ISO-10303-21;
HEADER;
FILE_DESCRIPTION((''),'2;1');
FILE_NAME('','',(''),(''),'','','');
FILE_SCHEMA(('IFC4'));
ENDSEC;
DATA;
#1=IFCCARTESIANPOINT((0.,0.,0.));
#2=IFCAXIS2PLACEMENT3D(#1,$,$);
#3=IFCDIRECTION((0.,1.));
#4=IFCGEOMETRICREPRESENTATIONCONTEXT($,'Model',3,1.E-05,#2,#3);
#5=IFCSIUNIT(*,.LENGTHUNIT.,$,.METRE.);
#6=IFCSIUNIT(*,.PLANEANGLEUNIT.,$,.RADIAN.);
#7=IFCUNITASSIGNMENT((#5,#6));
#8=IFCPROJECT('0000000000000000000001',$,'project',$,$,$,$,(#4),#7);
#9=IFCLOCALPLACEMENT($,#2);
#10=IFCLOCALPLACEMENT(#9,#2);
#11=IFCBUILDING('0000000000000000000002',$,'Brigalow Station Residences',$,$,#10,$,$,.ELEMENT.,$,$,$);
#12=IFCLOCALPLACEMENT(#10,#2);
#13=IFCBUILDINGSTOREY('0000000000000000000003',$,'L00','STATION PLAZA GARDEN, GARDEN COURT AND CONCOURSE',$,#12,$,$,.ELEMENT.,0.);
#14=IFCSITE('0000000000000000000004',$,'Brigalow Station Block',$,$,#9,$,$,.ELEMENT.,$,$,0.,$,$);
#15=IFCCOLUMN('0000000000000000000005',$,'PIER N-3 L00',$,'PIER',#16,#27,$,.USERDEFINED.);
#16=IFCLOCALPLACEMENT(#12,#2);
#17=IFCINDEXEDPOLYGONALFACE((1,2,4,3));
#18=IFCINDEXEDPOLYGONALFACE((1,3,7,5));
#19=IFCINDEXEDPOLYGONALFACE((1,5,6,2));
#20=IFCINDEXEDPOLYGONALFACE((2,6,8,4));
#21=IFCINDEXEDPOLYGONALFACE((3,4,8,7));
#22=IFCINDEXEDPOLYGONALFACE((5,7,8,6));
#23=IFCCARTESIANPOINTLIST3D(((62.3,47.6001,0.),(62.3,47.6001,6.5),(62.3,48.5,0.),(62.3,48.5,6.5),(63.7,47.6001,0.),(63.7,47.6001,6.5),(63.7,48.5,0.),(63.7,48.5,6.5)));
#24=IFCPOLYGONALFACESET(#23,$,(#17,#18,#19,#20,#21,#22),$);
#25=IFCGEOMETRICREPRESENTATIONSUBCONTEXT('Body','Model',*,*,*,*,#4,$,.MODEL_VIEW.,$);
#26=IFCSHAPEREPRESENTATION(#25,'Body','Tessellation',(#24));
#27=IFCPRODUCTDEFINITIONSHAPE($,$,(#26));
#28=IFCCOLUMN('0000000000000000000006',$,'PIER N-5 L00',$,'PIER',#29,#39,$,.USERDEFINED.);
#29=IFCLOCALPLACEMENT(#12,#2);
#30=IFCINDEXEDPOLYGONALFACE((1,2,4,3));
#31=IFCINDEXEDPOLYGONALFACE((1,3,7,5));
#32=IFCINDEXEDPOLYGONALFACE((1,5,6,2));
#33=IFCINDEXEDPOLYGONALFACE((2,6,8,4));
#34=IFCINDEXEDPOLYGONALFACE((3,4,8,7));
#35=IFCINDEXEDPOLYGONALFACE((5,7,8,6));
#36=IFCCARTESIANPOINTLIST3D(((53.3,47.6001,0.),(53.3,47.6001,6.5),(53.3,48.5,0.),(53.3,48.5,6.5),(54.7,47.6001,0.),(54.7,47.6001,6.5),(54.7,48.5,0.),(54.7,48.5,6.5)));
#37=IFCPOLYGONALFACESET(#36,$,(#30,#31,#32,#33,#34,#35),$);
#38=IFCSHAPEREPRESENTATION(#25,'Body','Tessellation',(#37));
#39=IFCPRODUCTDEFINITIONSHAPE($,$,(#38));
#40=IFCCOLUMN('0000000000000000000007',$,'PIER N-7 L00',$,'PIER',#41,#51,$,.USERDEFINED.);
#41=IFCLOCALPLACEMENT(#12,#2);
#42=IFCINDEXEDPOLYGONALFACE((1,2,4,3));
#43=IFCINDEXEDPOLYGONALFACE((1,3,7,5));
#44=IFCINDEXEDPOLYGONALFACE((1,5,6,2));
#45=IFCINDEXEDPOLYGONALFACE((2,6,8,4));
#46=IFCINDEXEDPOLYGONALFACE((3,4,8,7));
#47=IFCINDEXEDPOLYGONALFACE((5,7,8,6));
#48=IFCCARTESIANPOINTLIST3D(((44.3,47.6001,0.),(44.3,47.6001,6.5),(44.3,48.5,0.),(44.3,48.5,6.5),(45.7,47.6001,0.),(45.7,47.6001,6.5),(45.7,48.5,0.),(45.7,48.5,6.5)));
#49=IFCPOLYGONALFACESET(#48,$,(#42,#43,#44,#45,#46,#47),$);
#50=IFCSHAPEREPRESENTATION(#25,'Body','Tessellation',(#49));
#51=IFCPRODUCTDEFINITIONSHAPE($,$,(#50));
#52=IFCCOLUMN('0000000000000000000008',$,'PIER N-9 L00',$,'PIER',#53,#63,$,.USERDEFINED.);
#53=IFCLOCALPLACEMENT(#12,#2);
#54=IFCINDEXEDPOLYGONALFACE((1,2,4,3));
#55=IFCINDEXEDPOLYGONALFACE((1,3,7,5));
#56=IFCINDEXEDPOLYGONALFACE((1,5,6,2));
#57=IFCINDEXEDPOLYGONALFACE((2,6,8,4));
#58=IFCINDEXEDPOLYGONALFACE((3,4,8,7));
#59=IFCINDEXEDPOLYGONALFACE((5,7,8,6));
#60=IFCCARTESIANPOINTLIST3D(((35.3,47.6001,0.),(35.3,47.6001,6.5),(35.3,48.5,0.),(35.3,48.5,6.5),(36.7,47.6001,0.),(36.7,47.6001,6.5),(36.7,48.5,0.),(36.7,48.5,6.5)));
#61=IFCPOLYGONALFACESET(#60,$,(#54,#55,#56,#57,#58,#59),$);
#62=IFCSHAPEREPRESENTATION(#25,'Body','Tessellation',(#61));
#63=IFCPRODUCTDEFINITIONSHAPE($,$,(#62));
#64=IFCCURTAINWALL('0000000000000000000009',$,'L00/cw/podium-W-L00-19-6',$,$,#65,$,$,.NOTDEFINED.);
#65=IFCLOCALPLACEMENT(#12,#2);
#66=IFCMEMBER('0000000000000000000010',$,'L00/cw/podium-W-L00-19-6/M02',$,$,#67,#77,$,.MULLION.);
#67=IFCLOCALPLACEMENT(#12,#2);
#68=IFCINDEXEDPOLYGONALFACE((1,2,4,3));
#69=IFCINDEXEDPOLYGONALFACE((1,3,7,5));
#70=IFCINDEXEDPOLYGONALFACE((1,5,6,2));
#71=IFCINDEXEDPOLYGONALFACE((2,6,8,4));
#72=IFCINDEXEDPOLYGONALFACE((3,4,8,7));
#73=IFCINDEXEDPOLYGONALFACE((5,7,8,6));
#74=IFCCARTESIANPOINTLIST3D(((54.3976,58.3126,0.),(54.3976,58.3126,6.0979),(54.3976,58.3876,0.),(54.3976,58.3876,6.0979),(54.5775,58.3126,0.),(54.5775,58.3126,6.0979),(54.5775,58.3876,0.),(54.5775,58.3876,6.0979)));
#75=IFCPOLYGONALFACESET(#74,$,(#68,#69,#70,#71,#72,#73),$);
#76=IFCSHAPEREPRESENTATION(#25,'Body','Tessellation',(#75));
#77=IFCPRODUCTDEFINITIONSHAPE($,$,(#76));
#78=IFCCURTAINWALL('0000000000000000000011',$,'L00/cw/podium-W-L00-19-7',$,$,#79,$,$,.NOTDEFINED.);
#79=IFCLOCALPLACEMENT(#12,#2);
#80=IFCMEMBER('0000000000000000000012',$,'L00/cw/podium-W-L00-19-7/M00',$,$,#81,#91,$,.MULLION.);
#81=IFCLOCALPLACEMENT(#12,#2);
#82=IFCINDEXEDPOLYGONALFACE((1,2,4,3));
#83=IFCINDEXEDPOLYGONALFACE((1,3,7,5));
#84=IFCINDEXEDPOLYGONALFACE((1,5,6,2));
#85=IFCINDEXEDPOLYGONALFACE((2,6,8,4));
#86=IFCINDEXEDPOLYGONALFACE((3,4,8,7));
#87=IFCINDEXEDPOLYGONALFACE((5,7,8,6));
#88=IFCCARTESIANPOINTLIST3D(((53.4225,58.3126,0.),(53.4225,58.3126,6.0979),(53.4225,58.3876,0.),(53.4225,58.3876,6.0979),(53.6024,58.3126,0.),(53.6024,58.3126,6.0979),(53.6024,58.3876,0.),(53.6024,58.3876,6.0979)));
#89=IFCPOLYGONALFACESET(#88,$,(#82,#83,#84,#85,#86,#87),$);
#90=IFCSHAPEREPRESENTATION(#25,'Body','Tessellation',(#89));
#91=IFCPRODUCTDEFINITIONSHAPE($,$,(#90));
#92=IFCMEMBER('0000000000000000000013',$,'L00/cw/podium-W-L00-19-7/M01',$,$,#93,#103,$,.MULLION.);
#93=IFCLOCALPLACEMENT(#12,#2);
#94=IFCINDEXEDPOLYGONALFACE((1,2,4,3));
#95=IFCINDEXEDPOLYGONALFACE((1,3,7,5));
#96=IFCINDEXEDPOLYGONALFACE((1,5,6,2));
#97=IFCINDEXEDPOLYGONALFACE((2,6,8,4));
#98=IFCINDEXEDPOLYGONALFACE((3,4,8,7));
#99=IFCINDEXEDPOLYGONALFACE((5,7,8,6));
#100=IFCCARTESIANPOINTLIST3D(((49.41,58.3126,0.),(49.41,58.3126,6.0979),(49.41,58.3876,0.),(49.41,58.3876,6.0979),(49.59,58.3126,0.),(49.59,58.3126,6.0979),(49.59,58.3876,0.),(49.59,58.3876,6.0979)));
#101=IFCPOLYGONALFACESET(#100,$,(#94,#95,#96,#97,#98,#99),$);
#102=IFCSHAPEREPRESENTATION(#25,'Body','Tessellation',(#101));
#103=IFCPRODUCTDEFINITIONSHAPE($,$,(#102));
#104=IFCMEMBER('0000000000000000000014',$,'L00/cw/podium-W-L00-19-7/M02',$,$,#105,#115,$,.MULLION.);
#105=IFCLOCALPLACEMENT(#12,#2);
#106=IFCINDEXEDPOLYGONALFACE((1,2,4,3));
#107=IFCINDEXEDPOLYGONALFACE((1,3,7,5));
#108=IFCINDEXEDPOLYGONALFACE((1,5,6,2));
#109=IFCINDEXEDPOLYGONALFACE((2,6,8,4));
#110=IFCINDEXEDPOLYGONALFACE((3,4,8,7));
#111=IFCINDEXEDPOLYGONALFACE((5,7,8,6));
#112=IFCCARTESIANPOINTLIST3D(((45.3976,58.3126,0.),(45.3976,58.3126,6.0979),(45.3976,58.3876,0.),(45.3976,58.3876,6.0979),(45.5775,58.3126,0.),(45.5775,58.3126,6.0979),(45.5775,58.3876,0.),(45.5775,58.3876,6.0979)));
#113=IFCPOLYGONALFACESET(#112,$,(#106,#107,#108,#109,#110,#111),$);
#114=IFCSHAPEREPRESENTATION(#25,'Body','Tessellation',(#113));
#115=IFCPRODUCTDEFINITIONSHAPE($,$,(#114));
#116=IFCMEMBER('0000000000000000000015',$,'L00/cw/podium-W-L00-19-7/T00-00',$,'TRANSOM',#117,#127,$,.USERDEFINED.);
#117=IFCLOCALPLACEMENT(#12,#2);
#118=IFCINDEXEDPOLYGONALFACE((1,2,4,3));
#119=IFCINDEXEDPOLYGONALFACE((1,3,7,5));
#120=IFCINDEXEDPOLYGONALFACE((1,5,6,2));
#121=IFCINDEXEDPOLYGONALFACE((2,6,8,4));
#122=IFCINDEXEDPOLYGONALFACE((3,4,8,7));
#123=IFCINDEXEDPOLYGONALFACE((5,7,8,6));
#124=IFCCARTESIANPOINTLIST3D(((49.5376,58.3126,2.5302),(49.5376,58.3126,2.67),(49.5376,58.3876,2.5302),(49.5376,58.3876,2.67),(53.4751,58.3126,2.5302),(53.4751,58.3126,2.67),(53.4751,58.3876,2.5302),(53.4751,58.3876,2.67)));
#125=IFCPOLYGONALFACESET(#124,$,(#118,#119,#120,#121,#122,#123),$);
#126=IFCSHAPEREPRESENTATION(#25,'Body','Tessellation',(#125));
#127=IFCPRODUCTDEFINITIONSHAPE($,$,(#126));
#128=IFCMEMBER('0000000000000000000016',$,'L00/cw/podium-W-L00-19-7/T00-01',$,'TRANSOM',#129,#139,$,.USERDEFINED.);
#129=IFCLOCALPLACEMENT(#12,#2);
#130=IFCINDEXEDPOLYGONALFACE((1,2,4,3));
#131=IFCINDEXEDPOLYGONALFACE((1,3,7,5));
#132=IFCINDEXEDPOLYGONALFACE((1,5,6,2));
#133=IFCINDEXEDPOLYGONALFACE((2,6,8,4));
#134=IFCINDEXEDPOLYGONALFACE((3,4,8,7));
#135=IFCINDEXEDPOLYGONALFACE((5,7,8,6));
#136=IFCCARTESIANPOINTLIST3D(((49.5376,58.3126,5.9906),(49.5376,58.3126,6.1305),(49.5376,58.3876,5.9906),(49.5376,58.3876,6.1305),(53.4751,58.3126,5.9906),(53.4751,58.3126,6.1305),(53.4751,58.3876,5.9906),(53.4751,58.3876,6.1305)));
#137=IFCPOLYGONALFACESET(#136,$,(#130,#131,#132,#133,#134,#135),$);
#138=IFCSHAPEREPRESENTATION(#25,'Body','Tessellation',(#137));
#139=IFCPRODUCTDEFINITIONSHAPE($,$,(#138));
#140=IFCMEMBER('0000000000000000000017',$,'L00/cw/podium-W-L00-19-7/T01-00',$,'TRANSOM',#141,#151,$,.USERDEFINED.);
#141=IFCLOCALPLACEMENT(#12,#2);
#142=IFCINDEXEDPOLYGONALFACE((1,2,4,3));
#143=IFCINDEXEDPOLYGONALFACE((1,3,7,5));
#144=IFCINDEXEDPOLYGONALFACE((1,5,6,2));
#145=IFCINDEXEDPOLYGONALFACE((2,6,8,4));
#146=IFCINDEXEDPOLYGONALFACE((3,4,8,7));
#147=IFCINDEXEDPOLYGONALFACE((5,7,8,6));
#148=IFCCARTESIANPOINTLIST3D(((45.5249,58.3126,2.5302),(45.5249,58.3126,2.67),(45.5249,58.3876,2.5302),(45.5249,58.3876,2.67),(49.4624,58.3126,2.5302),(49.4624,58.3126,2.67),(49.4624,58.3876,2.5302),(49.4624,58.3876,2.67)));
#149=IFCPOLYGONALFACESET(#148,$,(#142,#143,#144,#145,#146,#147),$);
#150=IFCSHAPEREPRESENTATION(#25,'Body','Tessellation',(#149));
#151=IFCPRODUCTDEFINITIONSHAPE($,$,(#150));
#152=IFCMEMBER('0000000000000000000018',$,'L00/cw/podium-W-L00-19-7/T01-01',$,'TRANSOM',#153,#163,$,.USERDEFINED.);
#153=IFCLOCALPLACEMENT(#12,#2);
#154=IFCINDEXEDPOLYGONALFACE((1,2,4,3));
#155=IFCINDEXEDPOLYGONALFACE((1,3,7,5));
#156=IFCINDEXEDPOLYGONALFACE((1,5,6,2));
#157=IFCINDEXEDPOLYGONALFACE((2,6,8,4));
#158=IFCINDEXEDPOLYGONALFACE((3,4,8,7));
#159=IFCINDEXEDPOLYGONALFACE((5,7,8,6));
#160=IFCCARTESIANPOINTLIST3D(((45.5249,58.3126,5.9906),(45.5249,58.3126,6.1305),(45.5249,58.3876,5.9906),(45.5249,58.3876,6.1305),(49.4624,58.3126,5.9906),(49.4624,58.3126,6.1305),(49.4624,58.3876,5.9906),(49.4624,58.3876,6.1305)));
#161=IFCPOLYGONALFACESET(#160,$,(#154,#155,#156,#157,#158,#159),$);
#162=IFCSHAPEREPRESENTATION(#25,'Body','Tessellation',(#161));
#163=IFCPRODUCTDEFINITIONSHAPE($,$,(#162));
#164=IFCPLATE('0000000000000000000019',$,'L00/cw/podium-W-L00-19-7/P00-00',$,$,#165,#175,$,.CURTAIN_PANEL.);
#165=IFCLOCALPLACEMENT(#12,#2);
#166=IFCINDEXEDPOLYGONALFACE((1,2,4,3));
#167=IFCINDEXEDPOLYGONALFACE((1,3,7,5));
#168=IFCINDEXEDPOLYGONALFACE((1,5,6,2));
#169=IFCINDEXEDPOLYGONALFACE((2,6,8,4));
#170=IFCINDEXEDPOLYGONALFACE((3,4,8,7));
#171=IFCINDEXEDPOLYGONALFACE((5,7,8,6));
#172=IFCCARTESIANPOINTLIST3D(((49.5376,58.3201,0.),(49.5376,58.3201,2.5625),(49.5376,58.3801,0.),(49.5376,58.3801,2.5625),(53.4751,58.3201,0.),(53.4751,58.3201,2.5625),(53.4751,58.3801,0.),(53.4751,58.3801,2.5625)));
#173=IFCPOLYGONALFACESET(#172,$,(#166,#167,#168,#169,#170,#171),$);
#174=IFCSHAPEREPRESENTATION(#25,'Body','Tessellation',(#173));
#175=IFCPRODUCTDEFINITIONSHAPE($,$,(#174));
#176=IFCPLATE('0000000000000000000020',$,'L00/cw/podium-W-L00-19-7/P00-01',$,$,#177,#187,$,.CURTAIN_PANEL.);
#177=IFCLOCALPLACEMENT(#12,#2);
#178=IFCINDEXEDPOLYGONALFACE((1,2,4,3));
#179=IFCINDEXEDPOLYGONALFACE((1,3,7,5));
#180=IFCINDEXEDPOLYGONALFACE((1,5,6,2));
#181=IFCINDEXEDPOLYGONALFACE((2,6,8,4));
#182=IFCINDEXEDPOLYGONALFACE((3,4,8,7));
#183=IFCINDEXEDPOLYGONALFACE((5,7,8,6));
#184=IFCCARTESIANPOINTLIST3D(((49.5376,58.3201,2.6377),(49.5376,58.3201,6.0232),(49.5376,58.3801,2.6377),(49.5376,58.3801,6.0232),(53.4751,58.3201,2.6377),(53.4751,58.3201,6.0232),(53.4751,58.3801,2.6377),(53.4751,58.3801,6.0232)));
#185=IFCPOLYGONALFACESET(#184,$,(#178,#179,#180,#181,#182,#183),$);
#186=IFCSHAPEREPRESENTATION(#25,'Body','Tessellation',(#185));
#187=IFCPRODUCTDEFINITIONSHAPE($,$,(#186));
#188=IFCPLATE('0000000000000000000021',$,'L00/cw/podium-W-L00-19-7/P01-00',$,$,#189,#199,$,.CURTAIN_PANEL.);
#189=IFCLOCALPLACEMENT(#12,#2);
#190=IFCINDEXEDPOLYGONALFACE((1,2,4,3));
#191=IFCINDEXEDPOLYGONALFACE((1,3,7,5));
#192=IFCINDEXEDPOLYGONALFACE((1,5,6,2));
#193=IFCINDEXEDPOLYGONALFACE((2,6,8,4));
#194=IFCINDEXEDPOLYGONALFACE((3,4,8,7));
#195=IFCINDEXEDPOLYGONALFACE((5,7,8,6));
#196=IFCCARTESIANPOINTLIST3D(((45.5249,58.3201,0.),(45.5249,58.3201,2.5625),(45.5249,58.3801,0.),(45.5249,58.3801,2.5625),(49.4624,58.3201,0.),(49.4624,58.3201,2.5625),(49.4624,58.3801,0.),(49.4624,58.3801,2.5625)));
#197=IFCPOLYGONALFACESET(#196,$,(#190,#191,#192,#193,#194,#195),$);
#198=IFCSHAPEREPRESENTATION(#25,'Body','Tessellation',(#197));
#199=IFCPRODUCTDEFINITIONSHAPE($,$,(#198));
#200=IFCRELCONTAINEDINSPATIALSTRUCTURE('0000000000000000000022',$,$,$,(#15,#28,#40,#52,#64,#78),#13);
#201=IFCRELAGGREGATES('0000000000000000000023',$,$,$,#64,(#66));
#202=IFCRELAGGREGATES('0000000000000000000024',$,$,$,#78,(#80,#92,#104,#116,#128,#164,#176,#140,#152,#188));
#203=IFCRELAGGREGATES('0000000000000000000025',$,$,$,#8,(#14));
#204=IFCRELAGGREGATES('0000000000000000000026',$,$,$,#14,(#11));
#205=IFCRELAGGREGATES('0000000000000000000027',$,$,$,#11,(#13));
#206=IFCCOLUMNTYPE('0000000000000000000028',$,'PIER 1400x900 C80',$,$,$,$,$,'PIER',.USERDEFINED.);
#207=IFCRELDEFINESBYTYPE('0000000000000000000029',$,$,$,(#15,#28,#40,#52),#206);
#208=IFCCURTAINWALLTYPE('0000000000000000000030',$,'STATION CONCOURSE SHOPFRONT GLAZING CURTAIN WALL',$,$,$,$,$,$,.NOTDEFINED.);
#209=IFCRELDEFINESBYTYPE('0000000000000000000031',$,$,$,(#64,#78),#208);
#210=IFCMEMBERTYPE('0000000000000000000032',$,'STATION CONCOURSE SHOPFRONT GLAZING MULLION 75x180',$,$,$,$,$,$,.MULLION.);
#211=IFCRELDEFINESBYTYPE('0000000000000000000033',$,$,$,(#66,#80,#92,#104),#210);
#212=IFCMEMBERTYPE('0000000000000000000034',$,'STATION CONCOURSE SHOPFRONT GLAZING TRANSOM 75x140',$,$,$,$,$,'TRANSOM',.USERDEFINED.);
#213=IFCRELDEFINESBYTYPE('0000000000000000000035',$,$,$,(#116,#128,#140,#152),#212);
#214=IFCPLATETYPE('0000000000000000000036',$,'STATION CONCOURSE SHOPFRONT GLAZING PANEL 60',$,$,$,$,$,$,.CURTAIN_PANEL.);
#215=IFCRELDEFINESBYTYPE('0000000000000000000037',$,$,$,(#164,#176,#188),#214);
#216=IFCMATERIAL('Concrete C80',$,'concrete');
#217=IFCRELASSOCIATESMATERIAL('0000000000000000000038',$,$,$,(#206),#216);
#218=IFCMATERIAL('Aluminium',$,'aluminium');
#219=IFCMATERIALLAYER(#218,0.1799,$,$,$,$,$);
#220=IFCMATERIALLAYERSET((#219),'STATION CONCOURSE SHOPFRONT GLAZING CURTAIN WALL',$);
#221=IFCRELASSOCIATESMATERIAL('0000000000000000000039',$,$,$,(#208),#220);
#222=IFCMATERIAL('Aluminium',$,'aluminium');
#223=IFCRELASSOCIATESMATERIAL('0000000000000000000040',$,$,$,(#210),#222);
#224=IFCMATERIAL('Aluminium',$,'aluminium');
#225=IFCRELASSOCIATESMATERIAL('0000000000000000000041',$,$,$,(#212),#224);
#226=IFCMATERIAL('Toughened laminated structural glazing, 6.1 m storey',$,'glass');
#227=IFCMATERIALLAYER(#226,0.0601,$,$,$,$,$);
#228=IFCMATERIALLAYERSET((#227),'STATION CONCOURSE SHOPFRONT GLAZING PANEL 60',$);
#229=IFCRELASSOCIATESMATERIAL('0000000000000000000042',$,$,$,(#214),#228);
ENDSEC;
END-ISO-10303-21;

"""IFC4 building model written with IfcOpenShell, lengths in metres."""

from ifc_helpers import new_model, si_unit, direction, frame, origin, origin_2d, place, context, subcontext, project, spatial, rectangle, extrude, material, layer, layer_set, material_profile, profile_set, type_object, element, aggregate, save


model = new_model("IFC4")

# Units and contexts
model_context = context("Model", 3, precision=1e-05, world=origin(), true_north=direction((0.0, 1.0)))
body_context = subcontext(model_context, "Body", "Model", "MODEL_VIEW")
ifc_project = project(units=[si_unit("LENGTHUNIT", "METRE"), si_unit("PLANEANGLEUNIT", "RADIAN")], contexts=[model_context])

# Site, building, storey
site_placement = place(None, origin())
site = spatial("IfcSite", under=ifc_project, at=site_placement, Name="Brigalow Station Block", CompositionType="ELEMENT", RefElevation=0.0)
building_placement = place(site_placement, origin())
building = spatial("IfcBuilding", under=site, at=building_placement, Name="Brigalow Station Residences", CompositionType="ELEMENT")
storey_placement = place(building_placement, origin())
storey = spatial("IfcBuildingStorey", under=building, at=storey_placement, Name="L00", Description="STATION PLAZA GARDEN, GARDEN COURT AND CONCOURSE", CompositionType="ELEMENT", Elevation=0.0)

# Columns
ifc_material_1 = material(Name="Concrete C80", Category="concrete")
ifc_material_profile_1 = material_profile(ifc_material_1, rectangle(XDim=1.3999, YDim=0.8999, at=origin_2d()), Name="RC1400x900")
ifc_profile_set_1 = profile_set([ifc_material_profile_1], Name="Concrete C80")
column_type = type_object("IfcColumnType", Name="PIER 1400x900 C80", ElementType="PIER", PredefinedType="USERDEFINED", material=ifc_profile_set_1)
for number, where, z_axis, x_axis, name in (
    (1, (63.0, 48.05, 0.0), (0.0, 0.0, 1.0), (-1.0, 0.0, 0.0), "PIER N-3 L00"),
    (2, (54.0, 48.05, 0.0), (0.0, 0.0, 1.0), (-1.0, 0.0, 0.0), "PIER N-5 L00"),
    (3, (45.0, 48.05, 0.0), (0.0, 0.0, 1.0), (-1.0, 0.0, 0.0), "PIER N-7 L00"),
    (4, (36.0, 48.05, 0.0), (0.0, 0.0, 1.0), (-1.0, 0.0, 0.0), "PIER N-9 L00"),
):
    element("IfcColumn", number, at=place(storey_placement, frame(where, z_axis=z_axis, x_axis=x_axis)), inside=storey, type_object=column_type, Name=name, ObjectType="PIER", PredefinedType="USERDEFINED", context=body_context, shape_type="SweptSolid", body=[
        extrude(rectangle(XDim=1.3999, YDim=0.8999, at=origin_2d()), origin(), (0.0, 0.0, 1.0), 6.5),
    ])

# Curtain wall, member
ifc_material_2 = material(Name="Aluminium", Category="aluminium")
ifc_layer_1 = layer(ifc_material_2, 0.1799)
ifc_layer_set_1 = layer_set([ifc_layer_1], Name="STATION CONCOURSE SHOPFRONT GLAZING CURTAIN WALL")
curtain_wall_type = type_object("IfcCurtainWallType", Name="STATION CONCOURSE SHOPFRONT GLAZING CURTAIN WALL", PredefinedType="NOTDEFINED", material=ifc_layer_set_1)
curtain_wall_1_placement = place(storey_placement, origin())
curtain_wall_1 = element("IfcCurtainWall", 5, at=curtain_wall_1_placement, inside=storey, type_object=curtain_wall_type, Name="L00/cw/podium-W-L00-19-6", PredefinedType="NOTDEFINED")
ifc_material_3 = material(Name="Aluminium", Category="aluminium")
ifc_material_profile_2 = material_profile(ifc_material_3, rectangle(XDim=0.075, YDim=0.1799, at=origin_2d()), Name="STATION CONCOURSE SHOPFRONT GLAZING MULLION 75x180")
ifc_profile_set_2 = profile_set([ifc_material_profile_2], Name="Aluminium")
member_type_1 = type_object("IfcMemberType", Name="STATION CONCOURSE SHOPFRONT GLAZING MULLION 75x180", PredefinedType="MULLION", material=ifc_profile_set_2)
member_1_placement = place(storey_placement, frame((54.4875, 58.3501, 0.0), z_axis=(0.0, 0.0, 1.0), x_axis=(0.0, -1.0, 0.0)))
member_1 = element("IfcMember", 6, at=member_1_placement, type_object=member_type_1, Name="L00/cw/podium-W-L00-19-6/M02", PredefinedType="MULLION", context=body_context, shape_type="SweptSolid", body=[
    extrude(rectangle(XDim=0.075, YDim=0.1799, at=origin_2d()), origin(), (0.0, 0.0, 1.0), 6.0979),
])
aggregate(curtain_wall_1, [member_1])

# Curtain wall, members, plates
curtain_wall_2_placement = place(storey_placement, origin())
curtain_wall_2 = element("IfcCurtainWall", 7, at=curtain_wall_2_placement, inside=storey, type_object=curtain_wall_type, Name="L00/cw/podium-W-L00-19-7", PredefinedType="NOTDEFINED")
member_2_placement = place(storey_placement, frame((53.5125, 58.3501, 0.0), z_axis=(0.0, 0.0, 1.0), x_axis=(0.0, -1.0, 0.0)))
member_2 = element("IfcMember", 8, at=member_2_placement, type_object=member_type_1, Name="L00/cw/podium-W-L00-19-7/M00", PredefinedType="MULLION", context=body_context, shape_type="SweptSolid", body=[
    extrude(rectangle(XDim=0.075, YDim=0.1799, at=origin_2d()), origin(), (0.0, 0.0, 1.0), 6.0979),
])
member_3_placement = place(storey_placement, frame((49.5, 58.3501, 0.0), z_axis=(0.0, 0.0, 1.0), x_axis=(0.0, -1.0, 0.0)))
member_3 = element("IfcMember", 9, at=member_3_placement, type_object=member_type_1, Name="L00/cw/podium-W-L00-19-7/M01", PredefinedType="MULLION", context=body_context, shape_type="SweptSolid", body=[
    extrude(rectangle(XDim=0.075, YDim=0.1799, at=origin_2d()), origin(), (0.0, 0.0, 1.0), 6.0979),
])
member_4_placement = place(storey_placement, frame((45.4875, 58.3501, 0.0), z_axis=(0.0, 0.0, 1.0), x_axis=(0.0, -1.0, 0.0)))
member_4 = element("IfcMember", 10, at=member_4_placement, type_object=member_type_1, Name="L00/cw/podium-W-L00-19-7/M02", PredefinedType="MULLION", context=body_context, shape_type="SweptSolid", body=[
    extrude(rectangle(XDim=0.075, YDim=0.1799, at=origin_2d()), origin(), (0.0, 0.0, 1.0), 6.0979),
])
ifc_material_4 = material(Name="Aluminium", Category="aluminium")
ifc_material_profile_3 = material_profile(ifc_material_4, rectangle(XDim=0.075, YDim=0.1399, at=origin_2d()), Name="STATION CONCOURSE SHOPFRONT GLAZING TRANSOM 75x140")
ifc_profile_set_3 = profile_set([ifc_material_profile_3], Name="Aluminium")
member_type_2 = type_object("IfcMemberType", Name="STATION CONCOURSE SHOPFRONT GLAZING TRANSOM 75x140", ElementType="TRANSOM", PredefinedType="USERDEFINED", material=ifc_profile_set_3)
member_5_placement = place(storey_placement, frame((53.4751, 58.3501, 2.6001), z_axis=(-1.0, 0.0, 0.0), x_axis=(0.0, -1.0, 0.0)))
member_5 = element("IfcMember", 11, at=member_5_placement, type_object=member_type_2, Name="L00/cw/podium-W-L00-19-7/T00-00", ObjectType="TRANSOM", PredefinedType="USERDEFINED", context=body_context, shape_type="SweptSolid", body=[
    extrude(rectangle(XDim=0.075, YDim=0.1399, at=origin_2d()), origin(), (0.0, 0.0, 1.0), 3.9375),
])
member_6_placement = place(storey_placement, frame((53.4751, 58.3501, 6.0605), z_axis=(-1.0, 0.0, 0.0), x_axis=(0.0, -1.0, 0.0)))
member_6 = element("IfcMember", 12, at=member_6_placement, type_object=member_type_2, Name="L00/cw/podium-W-L00-19-7/T00-01", ObjectType="TRANSOM", PredefinedType="USERDEFINED", context=body_context, shape_type="SweptSolid", body=[
    extrude(rectangle(XDim=0.075, YDim=0.1399, at=origin_2d()), origin(), (0.0, 0.0, 1.0), 3.9375),
])
member_7_placement = place(storey_placement, frame((49.4624, 58.3501, 2.6001), z_axis=(-1.0, 0.0, 0.0), x_axis=(0.0, -1.0, 0.0)))
member_7 = element("IfcMember", 13, at=member_7_placement, type_object=member_type_2, Name="L00/cw/podium-W-L00-19-7/T01-00", ObjectType="TRANSOM", PredefinedType="USERDEFINED", context=body_context, shape_type="SweptSolid", body=[
    extrude(rectangle(XDim=0.075, YDim=0.1399, at=origin_2d()), origin(), (0.0, 0.0, 1.0), 3.9375),
])
member_8_placement = place(storey_placement, frame((49.4624, 58.3501, 6.0605), z_axis=(-1.0, 0.0, 0.0), x_axis=(0.0, -1.0, 0.0)))
member_8 = element("IfcMember", 14, at=member_8_placement, type_object=member_type_2, Name="L00/cw/podium-W-L00-19-7/T01-01", ObjectType="TRANSOM", PredefinedType="USERDEFINED", context=body_context, shape_type="SweptSolid", body=[
    extrude(rectangle(XDim=0.075, YDim=0.1399, at=origin_2d()), origin(), (0.0, 0.0, 1.0), 3.9375),
])
ifc_material_5 = material(Name="Toughened laminated structural glazing, 6.1 m storey", Category="glass")
ifc_layer_2 = layer(ifc_material_5, 0.0601)
ifc_layer_set_2 = layer_set([ifc_layer_2], Name="STATION CONCOURSE SHOPFRONT GLAZING PANEL 60")
plate_type = type_object("IfcPlateType", Name="STATION CONCOURSE SHOPFRONT GLAZING PANEL 60", PredefinedType="CURTAIN_PANEL", material=ifc_layer_set_2)
plate_1_placement = place(storey_placement, frame((51.5063, 58.3501, 0.0), z_axis=(0.0, 0.0, 1.0), x_axis=(-1.0, 0.0, 0.0)))
plate_1 = element("IfcPlate", 15, at=plate_1_placement, type_object=plate_type, Name="L00/cw/podium-W-L00-19-7/P00-00", PredefinedType="CURTAIN_PANEL", context=body_context, shape_type="SweptSolid", body=[
    extrude(rectangle(XDim=3.9375, YDim=0.0601, at=origin_2d()), origin(), (0.0, 0.0, 1.0), 2.5625),
])
plate_2_placement = place(storey_placement, frame((51.5063, 58.3501, 2.6377), z_axis=(0.0, 0.0, 1.0), x_axis=(-1.0, 0.0, 0.0)))
plate_2 = element("IfcPlate", 16, at=plate_2_placement, type_object=plate_type, Name="L00/cw/podium-W-L00-19-7/P00-01", PredefinedType="CURTAIN_PANEL", context=body_context, shape_type="SweptSolid", body=[
    extrude(rectangle(XDim=3.9375, YDim=0.0601, at=origin_2d()), origin(), (0.0, 0.0, 1.0), 3.3855),
])
plate_3_placement = place(storey_placement, frame((47.4937, 58.3501, 0.0), z_axis=(0.0, 0.0, 1.0), x_axis=(-1.0, 0.0, 0.0)))
plate_3 = element("IfcPlate", 17, at=plate_3_placement, type_object=plate_type, Name="L00/cw/podium-W-L00-19-7/P01-00", PredefinedType="CURTAIN_PANEL", context=body_context, shape_type="SweptSolid", body=[
    extrude(rectangle(XDim=3.9375, YDim=0.0601, at=origin_2d()), origin(), (0.0, 0.0, 1.0), 2.5625),
])
aggregate(curtain_wall_2, [member_2, member_3, member_4, member_5, member_6, plate_1, plate_2, member_7, member_8, plate_3])

save(model, "model.ifc")
